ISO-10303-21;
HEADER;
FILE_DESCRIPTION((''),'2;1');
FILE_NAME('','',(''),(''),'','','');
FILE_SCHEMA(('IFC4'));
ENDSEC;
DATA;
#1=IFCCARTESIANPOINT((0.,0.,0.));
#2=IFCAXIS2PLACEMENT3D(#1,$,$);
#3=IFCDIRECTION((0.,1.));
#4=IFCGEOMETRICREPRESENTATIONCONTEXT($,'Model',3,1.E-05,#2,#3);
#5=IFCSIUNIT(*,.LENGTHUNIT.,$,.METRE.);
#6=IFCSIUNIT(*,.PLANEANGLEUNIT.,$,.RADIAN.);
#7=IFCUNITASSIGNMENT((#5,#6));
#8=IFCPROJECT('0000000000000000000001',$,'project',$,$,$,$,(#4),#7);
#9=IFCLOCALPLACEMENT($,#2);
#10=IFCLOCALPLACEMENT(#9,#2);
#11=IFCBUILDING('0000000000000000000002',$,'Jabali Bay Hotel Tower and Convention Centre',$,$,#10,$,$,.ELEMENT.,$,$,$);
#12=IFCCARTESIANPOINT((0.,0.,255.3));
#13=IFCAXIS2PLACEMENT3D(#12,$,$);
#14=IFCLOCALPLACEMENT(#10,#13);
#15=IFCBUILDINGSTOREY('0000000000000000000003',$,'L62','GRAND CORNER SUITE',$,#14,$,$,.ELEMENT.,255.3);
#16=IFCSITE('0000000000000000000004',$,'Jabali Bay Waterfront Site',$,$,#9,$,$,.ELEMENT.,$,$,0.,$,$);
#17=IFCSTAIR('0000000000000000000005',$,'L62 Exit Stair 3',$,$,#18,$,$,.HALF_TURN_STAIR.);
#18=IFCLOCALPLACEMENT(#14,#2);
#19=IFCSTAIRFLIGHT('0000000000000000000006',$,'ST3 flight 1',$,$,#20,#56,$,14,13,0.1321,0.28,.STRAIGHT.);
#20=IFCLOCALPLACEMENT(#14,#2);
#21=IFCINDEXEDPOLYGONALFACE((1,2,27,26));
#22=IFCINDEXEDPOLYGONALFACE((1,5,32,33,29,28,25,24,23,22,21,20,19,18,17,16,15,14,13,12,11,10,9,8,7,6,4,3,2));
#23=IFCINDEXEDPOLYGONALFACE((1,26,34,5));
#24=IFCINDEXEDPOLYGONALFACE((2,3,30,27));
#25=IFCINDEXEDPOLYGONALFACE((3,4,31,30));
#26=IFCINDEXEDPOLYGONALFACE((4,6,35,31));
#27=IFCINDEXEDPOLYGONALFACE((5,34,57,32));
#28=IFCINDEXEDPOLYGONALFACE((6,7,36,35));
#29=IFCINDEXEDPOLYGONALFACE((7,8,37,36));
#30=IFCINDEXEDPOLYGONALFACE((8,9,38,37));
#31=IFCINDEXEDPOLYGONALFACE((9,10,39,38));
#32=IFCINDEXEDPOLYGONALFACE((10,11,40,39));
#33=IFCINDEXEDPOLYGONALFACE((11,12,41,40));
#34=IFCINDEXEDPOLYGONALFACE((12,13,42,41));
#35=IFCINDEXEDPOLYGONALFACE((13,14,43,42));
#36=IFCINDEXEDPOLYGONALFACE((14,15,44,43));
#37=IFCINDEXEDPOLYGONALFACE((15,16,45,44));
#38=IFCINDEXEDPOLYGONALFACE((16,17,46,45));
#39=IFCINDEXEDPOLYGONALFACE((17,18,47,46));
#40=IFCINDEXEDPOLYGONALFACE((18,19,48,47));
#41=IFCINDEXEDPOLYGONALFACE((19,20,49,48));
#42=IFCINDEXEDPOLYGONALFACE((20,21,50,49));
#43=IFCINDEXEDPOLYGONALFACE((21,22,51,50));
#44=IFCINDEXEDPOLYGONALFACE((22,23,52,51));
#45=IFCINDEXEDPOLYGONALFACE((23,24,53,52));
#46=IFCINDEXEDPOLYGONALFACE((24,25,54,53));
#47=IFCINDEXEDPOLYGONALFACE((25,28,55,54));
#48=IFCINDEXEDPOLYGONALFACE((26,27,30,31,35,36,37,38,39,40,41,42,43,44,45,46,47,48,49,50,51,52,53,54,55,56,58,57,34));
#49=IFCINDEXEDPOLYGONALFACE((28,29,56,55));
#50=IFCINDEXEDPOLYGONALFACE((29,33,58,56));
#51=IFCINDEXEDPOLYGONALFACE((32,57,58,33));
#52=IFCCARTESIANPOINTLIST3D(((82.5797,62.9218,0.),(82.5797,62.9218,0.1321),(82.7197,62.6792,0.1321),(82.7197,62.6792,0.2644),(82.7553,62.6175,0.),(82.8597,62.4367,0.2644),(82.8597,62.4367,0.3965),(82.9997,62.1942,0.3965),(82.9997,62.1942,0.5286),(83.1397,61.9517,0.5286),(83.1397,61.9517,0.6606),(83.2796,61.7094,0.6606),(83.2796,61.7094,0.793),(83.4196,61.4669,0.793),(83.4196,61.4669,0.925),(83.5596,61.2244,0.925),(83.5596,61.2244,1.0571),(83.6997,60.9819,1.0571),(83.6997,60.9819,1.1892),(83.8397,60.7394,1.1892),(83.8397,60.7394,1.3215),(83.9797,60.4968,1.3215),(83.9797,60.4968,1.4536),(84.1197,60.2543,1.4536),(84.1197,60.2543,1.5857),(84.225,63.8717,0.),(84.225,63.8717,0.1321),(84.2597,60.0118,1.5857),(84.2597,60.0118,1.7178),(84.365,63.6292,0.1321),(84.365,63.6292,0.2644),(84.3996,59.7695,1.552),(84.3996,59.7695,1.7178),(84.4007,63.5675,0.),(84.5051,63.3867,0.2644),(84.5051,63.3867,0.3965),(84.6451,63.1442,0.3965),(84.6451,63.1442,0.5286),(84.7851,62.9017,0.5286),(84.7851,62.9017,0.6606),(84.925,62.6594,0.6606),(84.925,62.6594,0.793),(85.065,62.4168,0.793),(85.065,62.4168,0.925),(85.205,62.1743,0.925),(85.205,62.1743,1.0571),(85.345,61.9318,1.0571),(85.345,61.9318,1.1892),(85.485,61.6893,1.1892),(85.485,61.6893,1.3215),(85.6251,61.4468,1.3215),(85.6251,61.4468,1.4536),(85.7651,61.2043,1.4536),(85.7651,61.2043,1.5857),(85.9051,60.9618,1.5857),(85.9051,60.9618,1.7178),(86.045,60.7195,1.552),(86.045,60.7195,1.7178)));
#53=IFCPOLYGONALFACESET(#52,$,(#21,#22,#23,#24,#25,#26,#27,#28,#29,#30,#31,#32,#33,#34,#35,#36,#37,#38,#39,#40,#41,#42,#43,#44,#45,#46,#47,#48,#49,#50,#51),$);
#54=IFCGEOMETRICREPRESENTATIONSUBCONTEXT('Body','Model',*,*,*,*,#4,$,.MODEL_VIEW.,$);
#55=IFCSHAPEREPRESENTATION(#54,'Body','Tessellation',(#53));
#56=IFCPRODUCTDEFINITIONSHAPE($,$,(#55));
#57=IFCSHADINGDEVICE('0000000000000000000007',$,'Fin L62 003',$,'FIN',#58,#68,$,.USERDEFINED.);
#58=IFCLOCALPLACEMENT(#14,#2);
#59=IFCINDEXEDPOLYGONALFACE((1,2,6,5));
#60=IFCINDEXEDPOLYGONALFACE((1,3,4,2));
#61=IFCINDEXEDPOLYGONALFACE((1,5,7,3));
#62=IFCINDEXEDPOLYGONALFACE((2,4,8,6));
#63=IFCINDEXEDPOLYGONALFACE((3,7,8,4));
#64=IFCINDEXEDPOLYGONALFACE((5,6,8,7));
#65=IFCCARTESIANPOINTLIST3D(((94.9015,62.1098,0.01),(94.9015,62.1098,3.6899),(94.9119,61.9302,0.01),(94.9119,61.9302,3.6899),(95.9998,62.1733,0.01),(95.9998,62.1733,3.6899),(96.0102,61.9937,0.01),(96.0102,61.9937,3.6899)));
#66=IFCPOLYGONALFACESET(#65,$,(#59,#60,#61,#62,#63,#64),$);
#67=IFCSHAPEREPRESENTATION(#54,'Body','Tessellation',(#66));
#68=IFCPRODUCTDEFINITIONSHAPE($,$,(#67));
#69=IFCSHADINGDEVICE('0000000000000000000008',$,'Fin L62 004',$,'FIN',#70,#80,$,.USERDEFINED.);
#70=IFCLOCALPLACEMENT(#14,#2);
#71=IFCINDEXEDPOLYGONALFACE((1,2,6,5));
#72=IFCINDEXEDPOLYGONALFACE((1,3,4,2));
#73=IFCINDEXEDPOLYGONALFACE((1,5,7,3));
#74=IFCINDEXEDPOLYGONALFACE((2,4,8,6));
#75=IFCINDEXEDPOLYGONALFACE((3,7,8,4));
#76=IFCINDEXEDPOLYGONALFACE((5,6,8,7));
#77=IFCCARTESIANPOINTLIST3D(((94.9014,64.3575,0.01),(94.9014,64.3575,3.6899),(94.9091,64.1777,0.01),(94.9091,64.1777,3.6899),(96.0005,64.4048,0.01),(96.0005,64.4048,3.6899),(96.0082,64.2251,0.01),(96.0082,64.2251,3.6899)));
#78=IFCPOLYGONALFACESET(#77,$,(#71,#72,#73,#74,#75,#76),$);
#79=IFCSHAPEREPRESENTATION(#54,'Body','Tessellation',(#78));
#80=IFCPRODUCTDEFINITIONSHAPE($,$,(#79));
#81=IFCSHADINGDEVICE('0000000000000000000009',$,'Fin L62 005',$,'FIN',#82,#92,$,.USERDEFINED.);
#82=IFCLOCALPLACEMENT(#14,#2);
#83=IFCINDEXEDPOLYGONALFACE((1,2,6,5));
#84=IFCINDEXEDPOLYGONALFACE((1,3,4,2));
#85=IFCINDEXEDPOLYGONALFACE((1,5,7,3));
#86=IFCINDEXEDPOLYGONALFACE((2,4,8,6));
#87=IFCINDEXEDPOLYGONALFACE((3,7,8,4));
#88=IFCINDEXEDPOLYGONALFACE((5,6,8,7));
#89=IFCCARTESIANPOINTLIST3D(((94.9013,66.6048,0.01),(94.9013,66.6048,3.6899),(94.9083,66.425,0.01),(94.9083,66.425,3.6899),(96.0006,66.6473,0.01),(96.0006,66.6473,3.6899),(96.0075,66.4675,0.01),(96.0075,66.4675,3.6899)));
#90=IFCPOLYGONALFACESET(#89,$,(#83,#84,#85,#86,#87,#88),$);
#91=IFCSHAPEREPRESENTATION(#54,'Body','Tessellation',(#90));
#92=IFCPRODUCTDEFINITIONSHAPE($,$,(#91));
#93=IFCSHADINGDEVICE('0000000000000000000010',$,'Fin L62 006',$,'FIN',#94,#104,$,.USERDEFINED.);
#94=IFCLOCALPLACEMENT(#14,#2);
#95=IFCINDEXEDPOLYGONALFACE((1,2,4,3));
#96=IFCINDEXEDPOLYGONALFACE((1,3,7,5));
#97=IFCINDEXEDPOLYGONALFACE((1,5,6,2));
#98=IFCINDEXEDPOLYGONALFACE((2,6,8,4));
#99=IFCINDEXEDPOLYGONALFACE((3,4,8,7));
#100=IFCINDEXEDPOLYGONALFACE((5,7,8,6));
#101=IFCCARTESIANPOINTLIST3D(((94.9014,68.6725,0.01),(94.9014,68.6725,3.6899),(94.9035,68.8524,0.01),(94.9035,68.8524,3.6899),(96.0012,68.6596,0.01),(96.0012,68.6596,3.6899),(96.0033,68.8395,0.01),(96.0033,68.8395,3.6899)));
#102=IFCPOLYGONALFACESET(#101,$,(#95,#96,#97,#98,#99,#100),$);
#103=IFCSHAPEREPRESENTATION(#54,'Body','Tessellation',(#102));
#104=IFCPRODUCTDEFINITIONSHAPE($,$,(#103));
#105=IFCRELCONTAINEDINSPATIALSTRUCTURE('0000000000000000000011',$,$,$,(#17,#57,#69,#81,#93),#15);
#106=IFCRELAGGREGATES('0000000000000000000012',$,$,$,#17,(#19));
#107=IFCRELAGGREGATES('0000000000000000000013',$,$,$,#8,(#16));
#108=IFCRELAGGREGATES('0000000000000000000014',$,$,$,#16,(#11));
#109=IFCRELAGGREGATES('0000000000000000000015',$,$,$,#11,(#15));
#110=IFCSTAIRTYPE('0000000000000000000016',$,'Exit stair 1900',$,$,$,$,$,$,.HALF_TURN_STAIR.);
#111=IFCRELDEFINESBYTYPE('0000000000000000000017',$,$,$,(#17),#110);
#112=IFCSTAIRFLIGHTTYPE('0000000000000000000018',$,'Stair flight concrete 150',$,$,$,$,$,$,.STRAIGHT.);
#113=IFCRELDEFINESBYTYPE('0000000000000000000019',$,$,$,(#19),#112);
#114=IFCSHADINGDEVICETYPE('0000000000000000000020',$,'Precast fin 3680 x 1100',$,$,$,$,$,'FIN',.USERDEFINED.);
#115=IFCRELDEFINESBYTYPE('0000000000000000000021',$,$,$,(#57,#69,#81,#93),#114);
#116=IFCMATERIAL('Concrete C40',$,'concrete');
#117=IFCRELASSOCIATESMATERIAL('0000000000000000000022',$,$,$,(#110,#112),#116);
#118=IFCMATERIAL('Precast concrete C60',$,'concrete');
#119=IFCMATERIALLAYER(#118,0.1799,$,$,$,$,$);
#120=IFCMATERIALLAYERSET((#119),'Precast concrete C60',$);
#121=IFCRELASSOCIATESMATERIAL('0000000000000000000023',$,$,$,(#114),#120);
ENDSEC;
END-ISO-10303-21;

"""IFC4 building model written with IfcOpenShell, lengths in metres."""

from ifc_helpers import new_model, si_unit, direction, frame, frame_2d, origin, place, context, subcontext, project, spatial, polyline, rectangle, outline, extrude, material, layer, layer_set, type_object, element, aggregate, save


model = new_model("IFC4")

# Units and contexts
model_context = context("Model", 3, precision=1e-05, world=origin(), true_north=direction((0.0, 1.0)))
body_context = subcontext(model_context, "Body", "Model", "MODEL_VIEW")
ifc_project = project(units=[si_unit("LENGTHUNIT", "METRE"), si_unit("PLANEANGLEUNIT", "RADIAN")], contexts=[model_context])

# Site, building, storey
site_placement = place(None, origin())
site = spatial("IfcSite", under=ifc_project, at=site_placement, Name="Jabali Bay Waterfront Site", CompositionType="ELEMENT", RefElevation=0.0)
building_placement = place(site_placement, origin())
building = spatial("IfcBuilding", under=site, at=building_placement, Name="Jabali Bay Hotel Tower and Convention Centre", CompositionType="ELEMENT")
storey_placement = place(building_placement, frame((0.0, 0.0, 255.3)))
storey = spatial("IfcBuildingStorey", under=building, at=storey_placement, Name="L62", Description="GRAND CORNER SUITE", CompositionType="ELEMENT", Elevation=255.3)

# Shared definitions
ifc_material_1 = material(Name="Concrete C40", Category="concrete")

# Stair, stair flight
stair_type = type_object("IfcStairType", Name="Exit stair 1900", PredefinedType="HALF_TURN_STAIR", material=ifc_material_1)
stair_placement = place(storey_placement, origin())
stair = element("IfcStair", 1, at=stair_placement, inside=storey, type_object=stair_type, Name="L62 Exit Stair 3", PredefinedType="HALF_TURN_STAIR")
stair_flight_type = type_object("IfcStairFlightType", Name="Stair flight concrete 150", PredefinedType="STRAIGHT", material=ifc_material_1)
stair_flight_placement = place(storey_placement, frame((83.4023, 63.3967, 0.0), z_axis=(0.0, 0.0, 1.0), x_axis=(0.5, -0.866025, 0.0)))
stair_flight = element("IfcStairFlight", 2, at=stair_flight_placement, type_object=stair_flight_type, Name="ST3 flight 1", NumberOfRisers=14, NumberOfTreads=13, PredefinedType="STRAIGHT", RiserHeight=0.1321, TreadLength=0.28, context=body_context, shape_type="SweptSolid", body=[
    extrude(outline(polyline([(0.0, 0.0), (0.0, 0.1321), (0.28, 0.1321), (0.28, 0.2644), (0.5601, 0.2644), (0.5601, 0.3965), (0.8401, 0.3965), (0.8401, 0.5286), (1.1201, 0.5286), (1.1201, 0.6606), (1.3999, 0.6606), (1.3999, 0.793), (1.6799, 0.793), (1.6799, 0.925), (1.96, 0.925), (1.96, 1.0571), (2.24, 1.0571), (2.24, 1.1892), (2.52, 1.1892), (2.52, 1.3215), (2.8, 1.3215), (2.8, 1.4536), (3.0801, 1.4536), (3.0801, 1.5857), (3.3601, 1.5857), (3.3601, 1.7178), (3.6399, 1.7178), (3.6399, 1.8501), (3.6399, 1.552), (0.3513, 0.0), (0.0, 0.0)])), frame((0.0, 0.95, 0.0), z_axis=(0.0, -1.0, 0.0), x_axis=(1.0, 0.0, 0.0)), (0.0, 0.0, 1.0), 1.8999),
])
aggregate(stair, [stair_flight])

# Shading devices
ifc_material_2 = material(Name="Precast concrete C60", Category="concrete")
ifc_layer_1 = layer(ifc_material_2, 0.1799)
ifc_layer_set_1 = layer_set([ifc_layer_1], Name="Precast concrete C60")
shading_device_type = type_object("IfcShadingDeviceType", Name="Precast fin 3680 x 1100", ElementType="FIN", PredefinedType="USERDEFINED", material=ifc_layer_set_1)
for number, where, z_axis, x_axis, name in (
    (3, (94.9067, 62.02, 0.01), (0.0, 0.0, 1.0), (0.998334, 0.057707, 0.0), "Fin L62 003"),
    (4, (94.9053, 64.2676, 0.01), (0.0, 0.0, 1.0), (0.999073, 0.043052, 0.0), "Fin L62 004"),
    (5, (94.9048, 66.5149, 0.01), (0.0, 0.0, 1.0), (0.999254, 0.038612, 0.0), "Fin L62 005"),
):
    element("IfcShadingDevice", number, at=place(storey_placement, frame(where, z_axis=z_axis, x_axis=x_axis)), inside=storey, type_object=shading_device_type, Name=name, ObjectType="FIN", PredefinedType="USERDEFINED", context=body_context, shape_type="SweptSolid", body=[
        extrude(rectangle(XDim=1.1001, YDim=0.1799, at=frame_2d((0.55, 0.0))), origin(), (0.0, 0.0, 1.0), 3.6799),
    ])
shading_device_placement = place(storey_placement, frame((94.9026, 68.7625, 0.01), z_axis=(0.0, 0.0, 1.0), x_axis=(0.999931, -0.011764, 0.0)))
element("IfcShadingDevice", 6, at=shading_device_placement, inside=storey, type_object=shading_device_type, Name="Fin L62 006", ObjectType="FIN", PredefinedType="USERDEFINED", context=body_context, shape_type="SweptSolid", body=[
    extrude(rectangle(XDim=1.0999, YDim=0.1799, at=frame_2d((0.5498, 0.0))), origin(), (0.0, 0.0, 1.0), 3.6799),
])

save(model, "model.ifc")
